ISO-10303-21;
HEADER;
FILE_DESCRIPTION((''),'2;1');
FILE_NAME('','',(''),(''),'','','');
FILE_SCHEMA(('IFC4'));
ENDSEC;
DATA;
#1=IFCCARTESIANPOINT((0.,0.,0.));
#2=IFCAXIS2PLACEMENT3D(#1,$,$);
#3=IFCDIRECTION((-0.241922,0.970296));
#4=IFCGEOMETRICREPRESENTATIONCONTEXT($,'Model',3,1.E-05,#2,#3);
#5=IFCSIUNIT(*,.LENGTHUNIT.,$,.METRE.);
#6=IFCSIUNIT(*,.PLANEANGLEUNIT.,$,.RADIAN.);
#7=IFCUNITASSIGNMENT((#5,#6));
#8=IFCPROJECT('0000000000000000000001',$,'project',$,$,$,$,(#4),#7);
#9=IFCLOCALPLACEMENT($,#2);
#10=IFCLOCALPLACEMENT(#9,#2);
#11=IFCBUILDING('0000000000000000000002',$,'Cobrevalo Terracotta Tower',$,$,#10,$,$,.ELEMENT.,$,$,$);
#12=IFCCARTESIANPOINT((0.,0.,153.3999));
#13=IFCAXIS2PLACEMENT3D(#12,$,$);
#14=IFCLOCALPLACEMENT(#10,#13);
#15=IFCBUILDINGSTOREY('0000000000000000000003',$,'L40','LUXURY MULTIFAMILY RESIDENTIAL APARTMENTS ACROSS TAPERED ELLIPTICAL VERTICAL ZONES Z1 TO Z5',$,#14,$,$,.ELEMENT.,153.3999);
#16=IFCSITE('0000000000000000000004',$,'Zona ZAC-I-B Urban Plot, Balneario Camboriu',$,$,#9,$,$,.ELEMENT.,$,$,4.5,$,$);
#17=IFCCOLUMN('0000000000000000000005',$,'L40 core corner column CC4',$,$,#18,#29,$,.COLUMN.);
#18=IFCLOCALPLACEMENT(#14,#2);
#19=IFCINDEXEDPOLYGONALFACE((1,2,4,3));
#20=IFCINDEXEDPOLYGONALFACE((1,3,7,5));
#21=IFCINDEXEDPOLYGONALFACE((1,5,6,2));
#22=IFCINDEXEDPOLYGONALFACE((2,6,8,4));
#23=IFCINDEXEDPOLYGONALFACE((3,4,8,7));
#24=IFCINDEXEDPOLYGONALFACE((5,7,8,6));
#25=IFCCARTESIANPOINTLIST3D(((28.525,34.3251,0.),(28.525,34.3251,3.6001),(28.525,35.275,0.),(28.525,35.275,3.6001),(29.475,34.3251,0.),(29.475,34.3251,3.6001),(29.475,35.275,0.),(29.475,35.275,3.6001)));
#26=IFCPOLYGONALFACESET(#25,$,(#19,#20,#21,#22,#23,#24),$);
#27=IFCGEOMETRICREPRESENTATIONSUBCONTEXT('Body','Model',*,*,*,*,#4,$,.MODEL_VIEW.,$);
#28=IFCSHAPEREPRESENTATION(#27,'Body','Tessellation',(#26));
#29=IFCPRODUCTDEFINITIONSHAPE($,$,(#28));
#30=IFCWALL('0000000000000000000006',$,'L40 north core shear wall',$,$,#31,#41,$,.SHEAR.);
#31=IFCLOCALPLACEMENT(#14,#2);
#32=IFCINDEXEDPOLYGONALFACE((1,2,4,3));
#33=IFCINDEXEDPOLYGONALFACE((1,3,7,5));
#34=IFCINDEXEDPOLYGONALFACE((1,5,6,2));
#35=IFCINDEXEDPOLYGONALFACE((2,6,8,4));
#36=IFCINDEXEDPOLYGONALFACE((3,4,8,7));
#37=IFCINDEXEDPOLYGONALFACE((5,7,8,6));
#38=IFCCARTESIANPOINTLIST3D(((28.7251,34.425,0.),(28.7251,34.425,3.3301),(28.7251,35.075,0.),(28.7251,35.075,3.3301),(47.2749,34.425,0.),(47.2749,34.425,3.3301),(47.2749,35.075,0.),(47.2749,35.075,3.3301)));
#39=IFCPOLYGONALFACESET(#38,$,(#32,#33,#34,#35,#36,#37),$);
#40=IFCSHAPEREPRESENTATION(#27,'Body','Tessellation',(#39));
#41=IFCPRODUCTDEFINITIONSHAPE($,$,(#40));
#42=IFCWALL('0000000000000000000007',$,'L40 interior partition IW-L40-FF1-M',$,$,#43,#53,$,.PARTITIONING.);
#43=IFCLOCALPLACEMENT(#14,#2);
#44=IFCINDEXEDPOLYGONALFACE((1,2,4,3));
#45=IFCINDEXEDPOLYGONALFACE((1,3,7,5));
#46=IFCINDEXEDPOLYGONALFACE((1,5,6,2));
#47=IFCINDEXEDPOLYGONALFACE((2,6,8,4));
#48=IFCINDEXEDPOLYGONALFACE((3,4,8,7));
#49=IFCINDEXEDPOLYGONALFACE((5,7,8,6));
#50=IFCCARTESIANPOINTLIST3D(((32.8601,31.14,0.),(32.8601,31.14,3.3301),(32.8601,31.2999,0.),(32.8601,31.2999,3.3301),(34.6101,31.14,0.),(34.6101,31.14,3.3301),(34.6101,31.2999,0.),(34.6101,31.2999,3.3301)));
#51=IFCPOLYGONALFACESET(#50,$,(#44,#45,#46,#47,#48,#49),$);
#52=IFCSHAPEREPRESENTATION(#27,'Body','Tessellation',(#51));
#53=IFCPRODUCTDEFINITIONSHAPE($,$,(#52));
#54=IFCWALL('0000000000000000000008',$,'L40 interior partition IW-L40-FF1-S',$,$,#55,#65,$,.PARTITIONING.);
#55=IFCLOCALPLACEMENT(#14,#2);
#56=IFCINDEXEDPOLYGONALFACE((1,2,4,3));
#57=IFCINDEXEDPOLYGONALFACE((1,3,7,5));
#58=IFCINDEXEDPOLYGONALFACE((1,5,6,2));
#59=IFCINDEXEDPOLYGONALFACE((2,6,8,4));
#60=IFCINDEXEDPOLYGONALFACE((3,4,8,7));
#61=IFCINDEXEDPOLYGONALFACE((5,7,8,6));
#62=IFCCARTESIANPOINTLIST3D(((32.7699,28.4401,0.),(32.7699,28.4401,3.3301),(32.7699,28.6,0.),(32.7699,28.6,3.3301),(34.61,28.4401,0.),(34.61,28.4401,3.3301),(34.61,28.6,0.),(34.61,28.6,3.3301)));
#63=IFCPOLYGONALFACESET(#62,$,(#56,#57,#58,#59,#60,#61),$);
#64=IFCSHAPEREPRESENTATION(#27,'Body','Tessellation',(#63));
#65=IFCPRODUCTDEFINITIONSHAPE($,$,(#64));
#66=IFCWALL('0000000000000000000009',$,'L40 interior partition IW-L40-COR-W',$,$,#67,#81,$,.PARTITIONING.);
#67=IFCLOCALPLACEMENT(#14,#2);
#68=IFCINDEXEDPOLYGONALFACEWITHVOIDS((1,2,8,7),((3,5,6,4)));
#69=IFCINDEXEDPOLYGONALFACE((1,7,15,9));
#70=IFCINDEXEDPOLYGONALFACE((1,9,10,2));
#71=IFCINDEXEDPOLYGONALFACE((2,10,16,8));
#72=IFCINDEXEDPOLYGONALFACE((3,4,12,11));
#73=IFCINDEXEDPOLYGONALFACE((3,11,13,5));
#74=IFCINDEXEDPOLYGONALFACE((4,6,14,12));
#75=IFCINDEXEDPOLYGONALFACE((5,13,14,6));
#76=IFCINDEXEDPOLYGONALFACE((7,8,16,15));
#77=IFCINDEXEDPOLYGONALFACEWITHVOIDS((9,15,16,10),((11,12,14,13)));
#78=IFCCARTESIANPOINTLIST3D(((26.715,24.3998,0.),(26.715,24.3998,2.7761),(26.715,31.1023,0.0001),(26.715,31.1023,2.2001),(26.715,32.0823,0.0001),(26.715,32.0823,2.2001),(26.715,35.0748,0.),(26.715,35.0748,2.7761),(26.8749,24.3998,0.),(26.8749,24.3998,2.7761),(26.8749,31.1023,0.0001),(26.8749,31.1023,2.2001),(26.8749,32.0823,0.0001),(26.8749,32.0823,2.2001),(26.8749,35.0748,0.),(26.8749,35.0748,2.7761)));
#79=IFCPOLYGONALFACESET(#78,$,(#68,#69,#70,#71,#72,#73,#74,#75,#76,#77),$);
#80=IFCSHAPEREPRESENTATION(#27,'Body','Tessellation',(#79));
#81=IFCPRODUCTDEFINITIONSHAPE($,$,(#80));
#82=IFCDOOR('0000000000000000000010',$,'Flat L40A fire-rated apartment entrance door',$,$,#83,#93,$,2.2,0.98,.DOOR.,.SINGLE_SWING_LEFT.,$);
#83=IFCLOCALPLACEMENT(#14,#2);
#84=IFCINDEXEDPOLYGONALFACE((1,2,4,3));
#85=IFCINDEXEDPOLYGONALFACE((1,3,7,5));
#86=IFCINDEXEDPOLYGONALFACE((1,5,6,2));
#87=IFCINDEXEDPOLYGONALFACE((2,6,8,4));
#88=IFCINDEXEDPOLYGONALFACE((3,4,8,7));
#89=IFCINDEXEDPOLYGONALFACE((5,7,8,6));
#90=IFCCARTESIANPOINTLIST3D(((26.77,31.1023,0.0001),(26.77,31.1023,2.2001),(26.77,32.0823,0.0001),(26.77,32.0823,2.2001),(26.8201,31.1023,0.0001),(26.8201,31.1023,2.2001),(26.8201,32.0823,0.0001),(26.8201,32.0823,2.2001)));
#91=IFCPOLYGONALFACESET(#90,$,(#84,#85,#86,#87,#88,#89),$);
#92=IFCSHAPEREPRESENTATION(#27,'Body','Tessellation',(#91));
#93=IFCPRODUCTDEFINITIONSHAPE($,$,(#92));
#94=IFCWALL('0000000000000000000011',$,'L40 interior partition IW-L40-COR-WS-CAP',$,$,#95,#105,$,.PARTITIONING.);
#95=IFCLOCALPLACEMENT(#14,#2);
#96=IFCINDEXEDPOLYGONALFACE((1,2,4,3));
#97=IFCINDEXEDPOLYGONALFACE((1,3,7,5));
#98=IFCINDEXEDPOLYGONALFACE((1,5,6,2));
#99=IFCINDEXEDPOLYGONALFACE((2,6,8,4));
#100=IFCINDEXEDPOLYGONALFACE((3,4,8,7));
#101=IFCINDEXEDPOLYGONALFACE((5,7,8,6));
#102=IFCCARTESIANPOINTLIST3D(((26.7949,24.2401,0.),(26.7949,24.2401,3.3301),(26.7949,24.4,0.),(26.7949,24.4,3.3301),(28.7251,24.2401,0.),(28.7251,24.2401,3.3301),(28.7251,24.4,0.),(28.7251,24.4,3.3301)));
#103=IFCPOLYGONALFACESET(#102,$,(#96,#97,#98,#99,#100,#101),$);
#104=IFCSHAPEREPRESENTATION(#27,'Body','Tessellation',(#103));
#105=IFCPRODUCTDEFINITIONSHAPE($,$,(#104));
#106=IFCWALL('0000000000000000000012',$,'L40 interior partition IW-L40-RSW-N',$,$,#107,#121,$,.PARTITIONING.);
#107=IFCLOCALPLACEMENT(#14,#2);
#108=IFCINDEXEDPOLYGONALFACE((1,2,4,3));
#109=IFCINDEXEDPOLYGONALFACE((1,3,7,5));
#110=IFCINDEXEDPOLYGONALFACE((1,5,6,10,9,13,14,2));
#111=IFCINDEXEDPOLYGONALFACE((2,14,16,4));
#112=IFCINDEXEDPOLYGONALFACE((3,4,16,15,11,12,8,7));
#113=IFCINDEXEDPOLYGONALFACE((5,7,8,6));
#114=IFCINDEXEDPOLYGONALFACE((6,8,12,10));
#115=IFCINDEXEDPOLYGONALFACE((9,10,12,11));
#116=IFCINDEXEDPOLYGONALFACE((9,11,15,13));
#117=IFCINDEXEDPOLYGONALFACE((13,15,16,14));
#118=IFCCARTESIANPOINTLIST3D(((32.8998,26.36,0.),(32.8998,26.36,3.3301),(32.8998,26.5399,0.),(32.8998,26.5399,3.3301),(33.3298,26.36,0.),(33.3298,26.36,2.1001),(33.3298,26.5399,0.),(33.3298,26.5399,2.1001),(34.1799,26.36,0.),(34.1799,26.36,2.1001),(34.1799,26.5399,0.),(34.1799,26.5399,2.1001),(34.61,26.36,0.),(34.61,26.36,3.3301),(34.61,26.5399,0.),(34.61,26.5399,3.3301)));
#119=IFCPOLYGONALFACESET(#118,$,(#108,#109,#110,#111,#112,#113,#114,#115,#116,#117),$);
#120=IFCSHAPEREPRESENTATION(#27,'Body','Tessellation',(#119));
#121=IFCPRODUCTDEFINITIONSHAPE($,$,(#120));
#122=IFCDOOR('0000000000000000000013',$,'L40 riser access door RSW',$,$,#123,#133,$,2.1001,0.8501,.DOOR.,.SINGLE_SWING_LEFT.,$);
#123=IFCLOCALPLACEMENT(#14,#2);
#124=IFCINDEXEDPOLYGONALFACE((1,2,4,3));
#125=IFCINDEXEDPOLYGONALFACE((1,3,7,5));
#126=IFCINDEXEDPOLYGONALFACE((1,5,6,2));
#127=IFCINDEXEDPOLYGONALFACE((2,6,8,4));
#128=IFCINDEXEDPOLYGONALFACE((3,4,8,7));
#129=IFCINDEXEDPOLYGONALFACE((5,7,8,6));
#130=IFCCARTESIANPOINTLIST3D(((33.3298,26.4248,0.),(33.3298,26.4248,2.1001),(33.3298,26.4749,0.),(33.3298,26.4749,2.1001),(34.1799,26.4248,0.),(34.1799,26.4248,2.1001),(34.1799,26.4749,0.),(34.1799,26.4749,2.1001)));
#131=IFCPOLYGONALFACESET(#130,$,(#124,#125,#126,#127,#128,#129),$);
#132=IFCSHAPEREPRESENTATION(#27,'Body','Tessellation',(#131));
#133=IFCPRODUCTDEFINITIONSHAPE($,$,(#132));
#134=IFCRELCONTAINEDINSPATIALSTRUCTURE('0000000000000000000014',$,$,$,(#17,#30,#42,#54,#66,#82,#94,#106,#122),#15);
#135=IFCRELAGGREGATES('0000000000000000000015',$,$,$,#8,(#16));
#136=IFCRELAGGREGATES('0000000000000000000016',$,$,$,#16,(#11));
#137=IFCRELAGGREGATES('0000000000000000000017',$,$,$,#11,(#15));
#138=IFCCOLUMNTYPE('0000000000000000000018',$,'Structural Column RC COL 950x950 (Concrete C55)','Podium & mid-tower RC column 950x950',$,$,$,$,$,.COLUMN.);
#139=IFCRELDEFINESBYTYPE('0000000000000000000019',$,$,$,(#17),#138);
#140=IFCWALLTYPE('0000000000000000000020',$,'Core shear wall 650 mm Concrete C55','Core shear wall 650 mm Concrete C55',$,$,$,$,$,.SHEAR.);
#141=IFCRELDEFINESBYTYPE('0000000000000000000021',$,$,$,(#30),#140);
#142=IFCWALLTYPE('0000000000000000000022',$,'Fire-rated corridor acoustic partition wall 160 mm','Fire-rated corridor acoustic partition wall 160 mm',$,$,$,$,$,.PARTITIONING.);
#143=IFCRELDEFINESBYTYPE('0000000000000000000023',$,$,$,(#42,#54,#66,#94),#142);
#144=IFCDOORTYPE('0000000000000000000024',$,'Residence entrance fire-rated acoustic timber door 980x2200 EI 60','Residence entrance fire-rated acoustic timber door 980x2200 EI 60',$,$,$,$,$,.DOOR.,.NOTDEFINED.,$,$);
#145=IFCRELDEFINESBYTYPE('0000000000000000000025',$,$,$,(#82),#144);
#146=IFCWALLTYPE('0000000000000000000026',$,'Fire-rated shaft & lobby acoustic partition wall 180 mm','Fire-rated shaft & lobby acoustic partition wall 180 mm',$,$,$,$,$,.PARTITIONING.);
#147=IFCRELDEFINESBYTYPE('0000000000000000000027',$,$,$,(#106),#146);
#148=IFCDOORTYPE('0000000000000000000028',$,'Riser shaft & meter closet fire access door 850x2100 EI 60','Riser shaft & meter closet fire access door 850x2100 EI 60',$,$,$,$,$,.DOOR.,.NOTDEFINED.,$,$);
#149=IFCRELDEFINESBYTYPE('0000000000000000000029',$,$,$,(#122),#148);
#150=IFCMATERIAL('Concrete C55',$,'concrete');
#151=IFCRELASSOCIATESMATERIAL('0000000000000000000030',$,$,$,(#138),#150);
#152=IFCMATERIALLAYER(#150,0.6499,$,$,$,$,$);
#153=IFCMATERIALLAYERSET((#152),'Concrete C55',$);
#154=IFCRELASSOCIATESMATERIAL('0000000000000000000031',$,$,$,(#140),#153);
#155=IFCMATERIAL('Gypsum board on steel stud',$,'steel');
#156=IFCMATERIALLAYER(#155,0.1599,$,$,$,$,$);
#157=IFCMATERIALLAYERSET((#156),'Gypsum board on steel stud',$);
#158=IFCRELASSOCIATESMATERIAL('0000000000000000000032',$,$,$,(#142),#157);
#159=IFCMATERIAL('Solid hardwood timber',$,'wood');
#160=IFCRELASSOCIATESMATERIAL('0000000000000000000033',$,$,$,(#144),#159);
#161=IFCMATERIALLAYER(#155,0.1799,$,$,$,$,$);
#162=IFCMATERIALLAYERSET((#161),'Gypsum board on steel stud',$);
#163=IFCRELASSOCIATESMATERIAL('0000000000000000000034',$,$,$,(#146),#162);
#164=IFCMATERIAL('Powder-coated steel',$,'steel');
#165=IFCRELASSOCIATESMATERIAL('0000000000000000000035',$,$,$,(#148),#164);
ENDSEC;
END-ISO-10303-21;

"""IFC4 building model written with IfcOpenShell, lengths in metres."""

from ifc_helpers import new_model, si_unit, direction, frame, frame_2d, origin, origin_2d, place, context, subcontext, project, spatial, rectangle, extrude, source, transform, mapped, material, layer, layer_set, material_profile, profile_set, type_object, element, fill, save


model = new_model("IFC4")

# Units and contexts
model_context = context("Model", 3, precision=1e-05, world=origin(), true_north=direction((-0.241922, 0.970296)))
body_context = subcontext(model_context, "Body", "Model", "MODEL_VIEW")
ifc_project = project(units=[si_unit("LENGTHUNIT", "METRE"), si_unit("PLANEANGLEUNIT", "RADIAN")], contexts=[model_context])

# Site, building, storey
site_placement = place(None, origin())
site = spatial("IfcSite", under=ifc_project, at=site_placement, Name="Zona ZAC-I-B Urban Plot, Balneario Camboriu", CompositionType="ELEMENT", RefElevation=4.5)
building_placement = place(site_placement, origin())
building = spatial("IfcBuilding", under=site, at=building_placement, Name="Cobrevalo Terracotta Tower", CompositionType="ELEMENT")
storey_placement = place(building_placement, frame((0.0, 0.0, 153.3999)))
storey = spatial("IfcBuildingStorey", under=building, at=storey_placement, Name="L40", Description="LUXURY MULTIFAMILY RESIDENTIAL APARTMENTS ACROSS TAPERED ELLIPTICAL VERTICAL ZONES Z1 TO Z5", CompositionType="ELEMENT", Elevation=153.3999)

# Column
ifc_material_1 = material(Name="Concrete C55", Category="concrete")
ifc_material_profile = material_profile(ifc_material_1, rectangle(XDim=0.95, YDim=0.95, at=origin_2d()), Name="RC COL 950x950")
ifc_profile_set = profile_set([ifc_material_profile], Name="Concrete C55")
column_type = type_object("IfcColumnType", Name="Structural Column RC COL 950x950 (Concrete C55)", Description="Podium & mid-tower RC column 950x950", PredefinedType="COLUMN", material=ifc_profile_set)
column_placement = place(storey_placement, frame((29.0, 34.8, 0.0), z_axis=(0.0, 0.0, 1.0), x_axis=(1.0, 0.0, 0.0)))
element("IfcColumn", 1, at=column_placement, inside=storey, type_object=column_type, Name="L40 core corner column CC4", PredefinedType="COLUMN", context=body_context, shape_type="SweptSolid", body=[
    extrude(rectangle(XDim=0.95, YDim=0.95, at=origin_2d()), origin(), (0.0, 0.0, 1.0), 3.6001),
])

# Walls
ifc_layer_1 = layer(ifc_material_1, 0.6499)
ifc_layer_set_1 = layer_set([ifc_layer_1], Name="Concrete C55")
wall_type_1 = type_object("IfcWallType", Name="Core shear wall 650 mm Concrete C55", Description="Core shear wall 650 mm Concrete C55", PredefinedType="SHEAR", material=ifc_layer_set_1)
wall_1_placement = place(storey_placement, frame((28.7251, 34.75, 0.0), z_axis=(0.0, 0.0, 1.0), x_axis=(1.0, 0.0, 0.0)))
element("IfcWall", 2, at=wall_1_placement, inside=storey, type_object=wall_type_1, Name="L40 north core shear wall", PredefinedType="SHEAR", context=body_context, shape_type="SweptSolid", body=[
    extrude(rectangle(XDim=18.5498, YDim=0.6499, at=frame_2d((9.2749, 0.0))), origin(), (0.0, 0.0, 1.0), 3.3301),
])
ifc_material_2 = material(Name="Gypsum board on steel stud", Category="steel")
ifc_layer_2 = layer(ifc_material_2, 0.1599)
ifc_layer_set_2 = layer_set([ifc_layer_2], Name="Gypsum board on steel stud")
wall_type_2 = type_object("IfcWallType", Name="Fire-rated corridor acoustic partition wall 160 mm", Description="Fire-rated corridor acoustic partition wall 160 mm", PredefinedType="PARTITIONING", material=ifc_layer_set_2)
wall_2_placement = place(storey_placement, frame((32.8601, 31.22, 0.0), z_axis=(0.0, 0.0, 1.0), x_axis=(1.0, 0.0, 0.0)))
element("IfcWall", 3, at=wall_2_placement, inside=storey, type_object=wall_type_2, Name="L40 interior partition IW-L40-FF1-M", PredefinedType="PARTITIONING", context=body_context, shape_type="SweptSolid", body=[
    extrude(rectangle(XDim=1.75, YDim=0.1599, at=frame_2d((0.875, 0.0))), origin(), (0.0, 0.0, 1.0), 3.3301),
])
wall_3_placement = place(storey_placement, frame((32.77, 28.52, 0.0), z_axis=(0.0, 0.0, 1.0), x_axis=(1.0, 0.0, 0.0)))
element("IfcWall", 4, at=wall_3_placement, inside=storey, type_object=wall_type_2, Name="L40 interior partition IW-L40-FF1-S", PredefinedType="PARTITIONING", context=body_context, shape_type="SweptSolid", body=[
    extrude(rectangle(XDim=1.8401, YDim=0.1599, at=frame_2d((0.9199, 0.0))), origin(), (0.0, 0.0, 1.0), 3.3301),
])

# Wall, opening, door
wall_4_placement = place(storey_placement, frame((26.7949, 24.3999, 0.0), z_axis=(0.0, 0.0, 1.0), x_axis=(0.0, 1.0, 0.0)))
wall_4 = element("IfcWall", 5, at=wall_4_placement, inside=storey, type_object=wall_type_2, Name="L40 interior partition IW-L40-COR-W", PredefinedType="PARTITIONING", context=body_context, shape_type="SweptSolid", body=[
    extrude(rectangle(XDim=10.675, YDim=0.1599, at=frame_2d((5.3374, 0.0))), origin(), (0.0, 0.0, 1.0), 2.7761),
])
opening_1_placement = place(wall_4_placement, frame((6.7024, 0.0, 0.0)))
opening_1 = element("IfcOpeningElement", 6, at=opening_1_placement, cuts=wall_4, PredefinedType="OPENING", context=body_context, shape_type="SweptSolid", body=[
    extrude(rectangle(XDim=0.98, YDim=2.2, at=frame_2d((0.49, 1.1001))), frame((0.0, 0.0898, 0.0), z_axis=(0.0, -1.0, 0.0), x_axis=(1.0, 0.0, 0.0)), (0.0, 0.0, 1.0), 0.1799),
])
ifc_material_3 = material(Name="Solid hardwood timber", Category="wood")
door_type_1 = type_object("IfcDoorType", Name="Residence entrance fire-rated acoustic timber door 980x2200 EI 60", Description="Residence entrance fire-rated acoustic timber door 980x2200 EI 60", OperationType="NOTDEFINED", PredefinedType="DOOR", material=ifc_material_3)
shared_shape_1 = source(origin(), body_context, "Body", "SweptSolid", [
    extrude(rectangle(XDim=0.98, YDim=2.2, at=frame_2d((0.49, 1.1001))), frame((0.0, 0.0249, 0.0), z_axis=(0.0, -1.0, 0.0), x_axis=(1.0, 0.0, 0.0)), (0.0, 0.0, 1.0), 0.05),
])
door_1_placement = place(opening_1_placement, origin())
door_1 = element("IfcDoor", 7, at=door_1_placement, inside=storey, type_object=door_type_1, Name="Flat L40A fire-rated apartment entrance door", OperationType="SINGLE_SWING_LEFT", OverallHeight=2.2, OverallWidth=0.98, PredefinedType="DOOR", context=body_context, shape_type="MappedRepresentation", body=[
    mapped(shared_shape_1, transform((0.0, 0.0, 0.0), scale=1.0)),
])
fill(opening_1, door_1)

# Wall
wall_5_placement = place(storey_placement, frame((26.7949, 24.3201, 0.0), z_axis=(0.0, 0.0, 1.0), x_axis=(1.0, 0.0, 0.0)))
element("IfcWall", 8, at=wall_5_placement, inside=storey, type_object=wall_type_2, Name="L40 interior partition IW-L40-COR-WS-CAP", PredefinedType="PARTITIONING", context=body_context, shape_type="SweptSolid", body=[
    extrude(rectangle(XDim=1.9302, YDim=0.1599, at=frame_2d((0.9651, 0.0))), origin(), (0.0, 0.0, 1.0), 3.3301),
])

# Wall, opening, door
ifc_layer_3 = layer(ifc_material_2, 0.1799)
ifc_layer_set_3 = layer_set([ifc_layer_3], Name="Gypsum board on steel stud")
wall_type_3 = type_object("IfcWallType", Name="Fire-rated shaft & lobby acoustic partition wall 180 mm", Description="Fire-rated shaft & lobby acoustic partition wall 180 mm", PredefinedType="PARTITIONING", material=ifc_layer_set_3)
wall_6_placement = place(storey_placement, frame((32.8999, 26.45, 0.0), z_axis=(0.0, 0.0, 1.0), x_axis=(1.0, 0.0, 0.0)))
wall_6 = element("IfcWall", 9, at=wall_6_placement, inside=storey, type_object=wall_type_3, Name="L40 interior partition IW-L40-RSW-N", PredefinedType="PARTITIONING", context=body_context, shape_type="SweptSolid", body=[
    extrude(rectangle(XDim=1.7102, YDim=0.1799, at=frame_2d((0.855, 0.0))), origin(), (0.0, 0.0, 1.0), 3.3301),
])
opening_2_placement = place(wall_6_placement, frame((0.4299, 0.0, 0.0)))
opening_2 = element("IfcOpeningElement", 10, at=opening_2_placement, cuts=wall_6, PredefinedType="OPENING", context=body_context, shape_type="SweptSolid", body=[
    extrude(rectangle(XDim=0.8501, YDim=2.1001, at=frame_2d((0.425, 1.05))), frame((0.0, 0.1001, 0.0), z_axis=(0.0, -1.0, 0.0), x_axis=(1.0, 0.0, 0.0)), (0.0, 0.0, 1.0), 0.2),
])
ifc_material_4 = material(Name="Powder-coated steel", Category="steel")
door_type_2 = type_object("IfcDoorType", Name="Riser shaft & meter closet fire access door 850x2100 EI 60", Description="Riser shaft & meter closet fire access door 850x2100 EI 60", OperationType="NOTDEFINED", PredefinedType="DOOR", material=ifc_material_4)
shared_shape_2 = source(origin(), body_context, "Body", "SweptSolid", [
    extrude(rectangle(XDim=0.8501, YDim=2.1001, at=frame_2d((0.425, 1.05))), frame((0.0, 0.0249, 0.0), z_axis=(0.0, -1.0, 0.0), x_axis=(1.0, 0.0, 0.0)), (0.0, 0.0, 1.0), 0.05),
])
door_2_placement = place(opening_2_placement, origin())
door_2 = element("IfcDoor", 11, at=door_2_placement, inside=storey, type_object=door_type_2, Name="L40 riser access door RSW", OperationType="SINGLE_SWING_LEFT", OverallHeight=2.1001, OverallWidth=0.8501, PredefinedType="DOOR", context=body_context, shape_type="MappedRepresentation", body=[
    mapped(shared_shape_2, transform((0.0, 0.0, 0.0), scale=1.0)),
])
fill(opening_2, door_2)

save(model, "model.ifc")
